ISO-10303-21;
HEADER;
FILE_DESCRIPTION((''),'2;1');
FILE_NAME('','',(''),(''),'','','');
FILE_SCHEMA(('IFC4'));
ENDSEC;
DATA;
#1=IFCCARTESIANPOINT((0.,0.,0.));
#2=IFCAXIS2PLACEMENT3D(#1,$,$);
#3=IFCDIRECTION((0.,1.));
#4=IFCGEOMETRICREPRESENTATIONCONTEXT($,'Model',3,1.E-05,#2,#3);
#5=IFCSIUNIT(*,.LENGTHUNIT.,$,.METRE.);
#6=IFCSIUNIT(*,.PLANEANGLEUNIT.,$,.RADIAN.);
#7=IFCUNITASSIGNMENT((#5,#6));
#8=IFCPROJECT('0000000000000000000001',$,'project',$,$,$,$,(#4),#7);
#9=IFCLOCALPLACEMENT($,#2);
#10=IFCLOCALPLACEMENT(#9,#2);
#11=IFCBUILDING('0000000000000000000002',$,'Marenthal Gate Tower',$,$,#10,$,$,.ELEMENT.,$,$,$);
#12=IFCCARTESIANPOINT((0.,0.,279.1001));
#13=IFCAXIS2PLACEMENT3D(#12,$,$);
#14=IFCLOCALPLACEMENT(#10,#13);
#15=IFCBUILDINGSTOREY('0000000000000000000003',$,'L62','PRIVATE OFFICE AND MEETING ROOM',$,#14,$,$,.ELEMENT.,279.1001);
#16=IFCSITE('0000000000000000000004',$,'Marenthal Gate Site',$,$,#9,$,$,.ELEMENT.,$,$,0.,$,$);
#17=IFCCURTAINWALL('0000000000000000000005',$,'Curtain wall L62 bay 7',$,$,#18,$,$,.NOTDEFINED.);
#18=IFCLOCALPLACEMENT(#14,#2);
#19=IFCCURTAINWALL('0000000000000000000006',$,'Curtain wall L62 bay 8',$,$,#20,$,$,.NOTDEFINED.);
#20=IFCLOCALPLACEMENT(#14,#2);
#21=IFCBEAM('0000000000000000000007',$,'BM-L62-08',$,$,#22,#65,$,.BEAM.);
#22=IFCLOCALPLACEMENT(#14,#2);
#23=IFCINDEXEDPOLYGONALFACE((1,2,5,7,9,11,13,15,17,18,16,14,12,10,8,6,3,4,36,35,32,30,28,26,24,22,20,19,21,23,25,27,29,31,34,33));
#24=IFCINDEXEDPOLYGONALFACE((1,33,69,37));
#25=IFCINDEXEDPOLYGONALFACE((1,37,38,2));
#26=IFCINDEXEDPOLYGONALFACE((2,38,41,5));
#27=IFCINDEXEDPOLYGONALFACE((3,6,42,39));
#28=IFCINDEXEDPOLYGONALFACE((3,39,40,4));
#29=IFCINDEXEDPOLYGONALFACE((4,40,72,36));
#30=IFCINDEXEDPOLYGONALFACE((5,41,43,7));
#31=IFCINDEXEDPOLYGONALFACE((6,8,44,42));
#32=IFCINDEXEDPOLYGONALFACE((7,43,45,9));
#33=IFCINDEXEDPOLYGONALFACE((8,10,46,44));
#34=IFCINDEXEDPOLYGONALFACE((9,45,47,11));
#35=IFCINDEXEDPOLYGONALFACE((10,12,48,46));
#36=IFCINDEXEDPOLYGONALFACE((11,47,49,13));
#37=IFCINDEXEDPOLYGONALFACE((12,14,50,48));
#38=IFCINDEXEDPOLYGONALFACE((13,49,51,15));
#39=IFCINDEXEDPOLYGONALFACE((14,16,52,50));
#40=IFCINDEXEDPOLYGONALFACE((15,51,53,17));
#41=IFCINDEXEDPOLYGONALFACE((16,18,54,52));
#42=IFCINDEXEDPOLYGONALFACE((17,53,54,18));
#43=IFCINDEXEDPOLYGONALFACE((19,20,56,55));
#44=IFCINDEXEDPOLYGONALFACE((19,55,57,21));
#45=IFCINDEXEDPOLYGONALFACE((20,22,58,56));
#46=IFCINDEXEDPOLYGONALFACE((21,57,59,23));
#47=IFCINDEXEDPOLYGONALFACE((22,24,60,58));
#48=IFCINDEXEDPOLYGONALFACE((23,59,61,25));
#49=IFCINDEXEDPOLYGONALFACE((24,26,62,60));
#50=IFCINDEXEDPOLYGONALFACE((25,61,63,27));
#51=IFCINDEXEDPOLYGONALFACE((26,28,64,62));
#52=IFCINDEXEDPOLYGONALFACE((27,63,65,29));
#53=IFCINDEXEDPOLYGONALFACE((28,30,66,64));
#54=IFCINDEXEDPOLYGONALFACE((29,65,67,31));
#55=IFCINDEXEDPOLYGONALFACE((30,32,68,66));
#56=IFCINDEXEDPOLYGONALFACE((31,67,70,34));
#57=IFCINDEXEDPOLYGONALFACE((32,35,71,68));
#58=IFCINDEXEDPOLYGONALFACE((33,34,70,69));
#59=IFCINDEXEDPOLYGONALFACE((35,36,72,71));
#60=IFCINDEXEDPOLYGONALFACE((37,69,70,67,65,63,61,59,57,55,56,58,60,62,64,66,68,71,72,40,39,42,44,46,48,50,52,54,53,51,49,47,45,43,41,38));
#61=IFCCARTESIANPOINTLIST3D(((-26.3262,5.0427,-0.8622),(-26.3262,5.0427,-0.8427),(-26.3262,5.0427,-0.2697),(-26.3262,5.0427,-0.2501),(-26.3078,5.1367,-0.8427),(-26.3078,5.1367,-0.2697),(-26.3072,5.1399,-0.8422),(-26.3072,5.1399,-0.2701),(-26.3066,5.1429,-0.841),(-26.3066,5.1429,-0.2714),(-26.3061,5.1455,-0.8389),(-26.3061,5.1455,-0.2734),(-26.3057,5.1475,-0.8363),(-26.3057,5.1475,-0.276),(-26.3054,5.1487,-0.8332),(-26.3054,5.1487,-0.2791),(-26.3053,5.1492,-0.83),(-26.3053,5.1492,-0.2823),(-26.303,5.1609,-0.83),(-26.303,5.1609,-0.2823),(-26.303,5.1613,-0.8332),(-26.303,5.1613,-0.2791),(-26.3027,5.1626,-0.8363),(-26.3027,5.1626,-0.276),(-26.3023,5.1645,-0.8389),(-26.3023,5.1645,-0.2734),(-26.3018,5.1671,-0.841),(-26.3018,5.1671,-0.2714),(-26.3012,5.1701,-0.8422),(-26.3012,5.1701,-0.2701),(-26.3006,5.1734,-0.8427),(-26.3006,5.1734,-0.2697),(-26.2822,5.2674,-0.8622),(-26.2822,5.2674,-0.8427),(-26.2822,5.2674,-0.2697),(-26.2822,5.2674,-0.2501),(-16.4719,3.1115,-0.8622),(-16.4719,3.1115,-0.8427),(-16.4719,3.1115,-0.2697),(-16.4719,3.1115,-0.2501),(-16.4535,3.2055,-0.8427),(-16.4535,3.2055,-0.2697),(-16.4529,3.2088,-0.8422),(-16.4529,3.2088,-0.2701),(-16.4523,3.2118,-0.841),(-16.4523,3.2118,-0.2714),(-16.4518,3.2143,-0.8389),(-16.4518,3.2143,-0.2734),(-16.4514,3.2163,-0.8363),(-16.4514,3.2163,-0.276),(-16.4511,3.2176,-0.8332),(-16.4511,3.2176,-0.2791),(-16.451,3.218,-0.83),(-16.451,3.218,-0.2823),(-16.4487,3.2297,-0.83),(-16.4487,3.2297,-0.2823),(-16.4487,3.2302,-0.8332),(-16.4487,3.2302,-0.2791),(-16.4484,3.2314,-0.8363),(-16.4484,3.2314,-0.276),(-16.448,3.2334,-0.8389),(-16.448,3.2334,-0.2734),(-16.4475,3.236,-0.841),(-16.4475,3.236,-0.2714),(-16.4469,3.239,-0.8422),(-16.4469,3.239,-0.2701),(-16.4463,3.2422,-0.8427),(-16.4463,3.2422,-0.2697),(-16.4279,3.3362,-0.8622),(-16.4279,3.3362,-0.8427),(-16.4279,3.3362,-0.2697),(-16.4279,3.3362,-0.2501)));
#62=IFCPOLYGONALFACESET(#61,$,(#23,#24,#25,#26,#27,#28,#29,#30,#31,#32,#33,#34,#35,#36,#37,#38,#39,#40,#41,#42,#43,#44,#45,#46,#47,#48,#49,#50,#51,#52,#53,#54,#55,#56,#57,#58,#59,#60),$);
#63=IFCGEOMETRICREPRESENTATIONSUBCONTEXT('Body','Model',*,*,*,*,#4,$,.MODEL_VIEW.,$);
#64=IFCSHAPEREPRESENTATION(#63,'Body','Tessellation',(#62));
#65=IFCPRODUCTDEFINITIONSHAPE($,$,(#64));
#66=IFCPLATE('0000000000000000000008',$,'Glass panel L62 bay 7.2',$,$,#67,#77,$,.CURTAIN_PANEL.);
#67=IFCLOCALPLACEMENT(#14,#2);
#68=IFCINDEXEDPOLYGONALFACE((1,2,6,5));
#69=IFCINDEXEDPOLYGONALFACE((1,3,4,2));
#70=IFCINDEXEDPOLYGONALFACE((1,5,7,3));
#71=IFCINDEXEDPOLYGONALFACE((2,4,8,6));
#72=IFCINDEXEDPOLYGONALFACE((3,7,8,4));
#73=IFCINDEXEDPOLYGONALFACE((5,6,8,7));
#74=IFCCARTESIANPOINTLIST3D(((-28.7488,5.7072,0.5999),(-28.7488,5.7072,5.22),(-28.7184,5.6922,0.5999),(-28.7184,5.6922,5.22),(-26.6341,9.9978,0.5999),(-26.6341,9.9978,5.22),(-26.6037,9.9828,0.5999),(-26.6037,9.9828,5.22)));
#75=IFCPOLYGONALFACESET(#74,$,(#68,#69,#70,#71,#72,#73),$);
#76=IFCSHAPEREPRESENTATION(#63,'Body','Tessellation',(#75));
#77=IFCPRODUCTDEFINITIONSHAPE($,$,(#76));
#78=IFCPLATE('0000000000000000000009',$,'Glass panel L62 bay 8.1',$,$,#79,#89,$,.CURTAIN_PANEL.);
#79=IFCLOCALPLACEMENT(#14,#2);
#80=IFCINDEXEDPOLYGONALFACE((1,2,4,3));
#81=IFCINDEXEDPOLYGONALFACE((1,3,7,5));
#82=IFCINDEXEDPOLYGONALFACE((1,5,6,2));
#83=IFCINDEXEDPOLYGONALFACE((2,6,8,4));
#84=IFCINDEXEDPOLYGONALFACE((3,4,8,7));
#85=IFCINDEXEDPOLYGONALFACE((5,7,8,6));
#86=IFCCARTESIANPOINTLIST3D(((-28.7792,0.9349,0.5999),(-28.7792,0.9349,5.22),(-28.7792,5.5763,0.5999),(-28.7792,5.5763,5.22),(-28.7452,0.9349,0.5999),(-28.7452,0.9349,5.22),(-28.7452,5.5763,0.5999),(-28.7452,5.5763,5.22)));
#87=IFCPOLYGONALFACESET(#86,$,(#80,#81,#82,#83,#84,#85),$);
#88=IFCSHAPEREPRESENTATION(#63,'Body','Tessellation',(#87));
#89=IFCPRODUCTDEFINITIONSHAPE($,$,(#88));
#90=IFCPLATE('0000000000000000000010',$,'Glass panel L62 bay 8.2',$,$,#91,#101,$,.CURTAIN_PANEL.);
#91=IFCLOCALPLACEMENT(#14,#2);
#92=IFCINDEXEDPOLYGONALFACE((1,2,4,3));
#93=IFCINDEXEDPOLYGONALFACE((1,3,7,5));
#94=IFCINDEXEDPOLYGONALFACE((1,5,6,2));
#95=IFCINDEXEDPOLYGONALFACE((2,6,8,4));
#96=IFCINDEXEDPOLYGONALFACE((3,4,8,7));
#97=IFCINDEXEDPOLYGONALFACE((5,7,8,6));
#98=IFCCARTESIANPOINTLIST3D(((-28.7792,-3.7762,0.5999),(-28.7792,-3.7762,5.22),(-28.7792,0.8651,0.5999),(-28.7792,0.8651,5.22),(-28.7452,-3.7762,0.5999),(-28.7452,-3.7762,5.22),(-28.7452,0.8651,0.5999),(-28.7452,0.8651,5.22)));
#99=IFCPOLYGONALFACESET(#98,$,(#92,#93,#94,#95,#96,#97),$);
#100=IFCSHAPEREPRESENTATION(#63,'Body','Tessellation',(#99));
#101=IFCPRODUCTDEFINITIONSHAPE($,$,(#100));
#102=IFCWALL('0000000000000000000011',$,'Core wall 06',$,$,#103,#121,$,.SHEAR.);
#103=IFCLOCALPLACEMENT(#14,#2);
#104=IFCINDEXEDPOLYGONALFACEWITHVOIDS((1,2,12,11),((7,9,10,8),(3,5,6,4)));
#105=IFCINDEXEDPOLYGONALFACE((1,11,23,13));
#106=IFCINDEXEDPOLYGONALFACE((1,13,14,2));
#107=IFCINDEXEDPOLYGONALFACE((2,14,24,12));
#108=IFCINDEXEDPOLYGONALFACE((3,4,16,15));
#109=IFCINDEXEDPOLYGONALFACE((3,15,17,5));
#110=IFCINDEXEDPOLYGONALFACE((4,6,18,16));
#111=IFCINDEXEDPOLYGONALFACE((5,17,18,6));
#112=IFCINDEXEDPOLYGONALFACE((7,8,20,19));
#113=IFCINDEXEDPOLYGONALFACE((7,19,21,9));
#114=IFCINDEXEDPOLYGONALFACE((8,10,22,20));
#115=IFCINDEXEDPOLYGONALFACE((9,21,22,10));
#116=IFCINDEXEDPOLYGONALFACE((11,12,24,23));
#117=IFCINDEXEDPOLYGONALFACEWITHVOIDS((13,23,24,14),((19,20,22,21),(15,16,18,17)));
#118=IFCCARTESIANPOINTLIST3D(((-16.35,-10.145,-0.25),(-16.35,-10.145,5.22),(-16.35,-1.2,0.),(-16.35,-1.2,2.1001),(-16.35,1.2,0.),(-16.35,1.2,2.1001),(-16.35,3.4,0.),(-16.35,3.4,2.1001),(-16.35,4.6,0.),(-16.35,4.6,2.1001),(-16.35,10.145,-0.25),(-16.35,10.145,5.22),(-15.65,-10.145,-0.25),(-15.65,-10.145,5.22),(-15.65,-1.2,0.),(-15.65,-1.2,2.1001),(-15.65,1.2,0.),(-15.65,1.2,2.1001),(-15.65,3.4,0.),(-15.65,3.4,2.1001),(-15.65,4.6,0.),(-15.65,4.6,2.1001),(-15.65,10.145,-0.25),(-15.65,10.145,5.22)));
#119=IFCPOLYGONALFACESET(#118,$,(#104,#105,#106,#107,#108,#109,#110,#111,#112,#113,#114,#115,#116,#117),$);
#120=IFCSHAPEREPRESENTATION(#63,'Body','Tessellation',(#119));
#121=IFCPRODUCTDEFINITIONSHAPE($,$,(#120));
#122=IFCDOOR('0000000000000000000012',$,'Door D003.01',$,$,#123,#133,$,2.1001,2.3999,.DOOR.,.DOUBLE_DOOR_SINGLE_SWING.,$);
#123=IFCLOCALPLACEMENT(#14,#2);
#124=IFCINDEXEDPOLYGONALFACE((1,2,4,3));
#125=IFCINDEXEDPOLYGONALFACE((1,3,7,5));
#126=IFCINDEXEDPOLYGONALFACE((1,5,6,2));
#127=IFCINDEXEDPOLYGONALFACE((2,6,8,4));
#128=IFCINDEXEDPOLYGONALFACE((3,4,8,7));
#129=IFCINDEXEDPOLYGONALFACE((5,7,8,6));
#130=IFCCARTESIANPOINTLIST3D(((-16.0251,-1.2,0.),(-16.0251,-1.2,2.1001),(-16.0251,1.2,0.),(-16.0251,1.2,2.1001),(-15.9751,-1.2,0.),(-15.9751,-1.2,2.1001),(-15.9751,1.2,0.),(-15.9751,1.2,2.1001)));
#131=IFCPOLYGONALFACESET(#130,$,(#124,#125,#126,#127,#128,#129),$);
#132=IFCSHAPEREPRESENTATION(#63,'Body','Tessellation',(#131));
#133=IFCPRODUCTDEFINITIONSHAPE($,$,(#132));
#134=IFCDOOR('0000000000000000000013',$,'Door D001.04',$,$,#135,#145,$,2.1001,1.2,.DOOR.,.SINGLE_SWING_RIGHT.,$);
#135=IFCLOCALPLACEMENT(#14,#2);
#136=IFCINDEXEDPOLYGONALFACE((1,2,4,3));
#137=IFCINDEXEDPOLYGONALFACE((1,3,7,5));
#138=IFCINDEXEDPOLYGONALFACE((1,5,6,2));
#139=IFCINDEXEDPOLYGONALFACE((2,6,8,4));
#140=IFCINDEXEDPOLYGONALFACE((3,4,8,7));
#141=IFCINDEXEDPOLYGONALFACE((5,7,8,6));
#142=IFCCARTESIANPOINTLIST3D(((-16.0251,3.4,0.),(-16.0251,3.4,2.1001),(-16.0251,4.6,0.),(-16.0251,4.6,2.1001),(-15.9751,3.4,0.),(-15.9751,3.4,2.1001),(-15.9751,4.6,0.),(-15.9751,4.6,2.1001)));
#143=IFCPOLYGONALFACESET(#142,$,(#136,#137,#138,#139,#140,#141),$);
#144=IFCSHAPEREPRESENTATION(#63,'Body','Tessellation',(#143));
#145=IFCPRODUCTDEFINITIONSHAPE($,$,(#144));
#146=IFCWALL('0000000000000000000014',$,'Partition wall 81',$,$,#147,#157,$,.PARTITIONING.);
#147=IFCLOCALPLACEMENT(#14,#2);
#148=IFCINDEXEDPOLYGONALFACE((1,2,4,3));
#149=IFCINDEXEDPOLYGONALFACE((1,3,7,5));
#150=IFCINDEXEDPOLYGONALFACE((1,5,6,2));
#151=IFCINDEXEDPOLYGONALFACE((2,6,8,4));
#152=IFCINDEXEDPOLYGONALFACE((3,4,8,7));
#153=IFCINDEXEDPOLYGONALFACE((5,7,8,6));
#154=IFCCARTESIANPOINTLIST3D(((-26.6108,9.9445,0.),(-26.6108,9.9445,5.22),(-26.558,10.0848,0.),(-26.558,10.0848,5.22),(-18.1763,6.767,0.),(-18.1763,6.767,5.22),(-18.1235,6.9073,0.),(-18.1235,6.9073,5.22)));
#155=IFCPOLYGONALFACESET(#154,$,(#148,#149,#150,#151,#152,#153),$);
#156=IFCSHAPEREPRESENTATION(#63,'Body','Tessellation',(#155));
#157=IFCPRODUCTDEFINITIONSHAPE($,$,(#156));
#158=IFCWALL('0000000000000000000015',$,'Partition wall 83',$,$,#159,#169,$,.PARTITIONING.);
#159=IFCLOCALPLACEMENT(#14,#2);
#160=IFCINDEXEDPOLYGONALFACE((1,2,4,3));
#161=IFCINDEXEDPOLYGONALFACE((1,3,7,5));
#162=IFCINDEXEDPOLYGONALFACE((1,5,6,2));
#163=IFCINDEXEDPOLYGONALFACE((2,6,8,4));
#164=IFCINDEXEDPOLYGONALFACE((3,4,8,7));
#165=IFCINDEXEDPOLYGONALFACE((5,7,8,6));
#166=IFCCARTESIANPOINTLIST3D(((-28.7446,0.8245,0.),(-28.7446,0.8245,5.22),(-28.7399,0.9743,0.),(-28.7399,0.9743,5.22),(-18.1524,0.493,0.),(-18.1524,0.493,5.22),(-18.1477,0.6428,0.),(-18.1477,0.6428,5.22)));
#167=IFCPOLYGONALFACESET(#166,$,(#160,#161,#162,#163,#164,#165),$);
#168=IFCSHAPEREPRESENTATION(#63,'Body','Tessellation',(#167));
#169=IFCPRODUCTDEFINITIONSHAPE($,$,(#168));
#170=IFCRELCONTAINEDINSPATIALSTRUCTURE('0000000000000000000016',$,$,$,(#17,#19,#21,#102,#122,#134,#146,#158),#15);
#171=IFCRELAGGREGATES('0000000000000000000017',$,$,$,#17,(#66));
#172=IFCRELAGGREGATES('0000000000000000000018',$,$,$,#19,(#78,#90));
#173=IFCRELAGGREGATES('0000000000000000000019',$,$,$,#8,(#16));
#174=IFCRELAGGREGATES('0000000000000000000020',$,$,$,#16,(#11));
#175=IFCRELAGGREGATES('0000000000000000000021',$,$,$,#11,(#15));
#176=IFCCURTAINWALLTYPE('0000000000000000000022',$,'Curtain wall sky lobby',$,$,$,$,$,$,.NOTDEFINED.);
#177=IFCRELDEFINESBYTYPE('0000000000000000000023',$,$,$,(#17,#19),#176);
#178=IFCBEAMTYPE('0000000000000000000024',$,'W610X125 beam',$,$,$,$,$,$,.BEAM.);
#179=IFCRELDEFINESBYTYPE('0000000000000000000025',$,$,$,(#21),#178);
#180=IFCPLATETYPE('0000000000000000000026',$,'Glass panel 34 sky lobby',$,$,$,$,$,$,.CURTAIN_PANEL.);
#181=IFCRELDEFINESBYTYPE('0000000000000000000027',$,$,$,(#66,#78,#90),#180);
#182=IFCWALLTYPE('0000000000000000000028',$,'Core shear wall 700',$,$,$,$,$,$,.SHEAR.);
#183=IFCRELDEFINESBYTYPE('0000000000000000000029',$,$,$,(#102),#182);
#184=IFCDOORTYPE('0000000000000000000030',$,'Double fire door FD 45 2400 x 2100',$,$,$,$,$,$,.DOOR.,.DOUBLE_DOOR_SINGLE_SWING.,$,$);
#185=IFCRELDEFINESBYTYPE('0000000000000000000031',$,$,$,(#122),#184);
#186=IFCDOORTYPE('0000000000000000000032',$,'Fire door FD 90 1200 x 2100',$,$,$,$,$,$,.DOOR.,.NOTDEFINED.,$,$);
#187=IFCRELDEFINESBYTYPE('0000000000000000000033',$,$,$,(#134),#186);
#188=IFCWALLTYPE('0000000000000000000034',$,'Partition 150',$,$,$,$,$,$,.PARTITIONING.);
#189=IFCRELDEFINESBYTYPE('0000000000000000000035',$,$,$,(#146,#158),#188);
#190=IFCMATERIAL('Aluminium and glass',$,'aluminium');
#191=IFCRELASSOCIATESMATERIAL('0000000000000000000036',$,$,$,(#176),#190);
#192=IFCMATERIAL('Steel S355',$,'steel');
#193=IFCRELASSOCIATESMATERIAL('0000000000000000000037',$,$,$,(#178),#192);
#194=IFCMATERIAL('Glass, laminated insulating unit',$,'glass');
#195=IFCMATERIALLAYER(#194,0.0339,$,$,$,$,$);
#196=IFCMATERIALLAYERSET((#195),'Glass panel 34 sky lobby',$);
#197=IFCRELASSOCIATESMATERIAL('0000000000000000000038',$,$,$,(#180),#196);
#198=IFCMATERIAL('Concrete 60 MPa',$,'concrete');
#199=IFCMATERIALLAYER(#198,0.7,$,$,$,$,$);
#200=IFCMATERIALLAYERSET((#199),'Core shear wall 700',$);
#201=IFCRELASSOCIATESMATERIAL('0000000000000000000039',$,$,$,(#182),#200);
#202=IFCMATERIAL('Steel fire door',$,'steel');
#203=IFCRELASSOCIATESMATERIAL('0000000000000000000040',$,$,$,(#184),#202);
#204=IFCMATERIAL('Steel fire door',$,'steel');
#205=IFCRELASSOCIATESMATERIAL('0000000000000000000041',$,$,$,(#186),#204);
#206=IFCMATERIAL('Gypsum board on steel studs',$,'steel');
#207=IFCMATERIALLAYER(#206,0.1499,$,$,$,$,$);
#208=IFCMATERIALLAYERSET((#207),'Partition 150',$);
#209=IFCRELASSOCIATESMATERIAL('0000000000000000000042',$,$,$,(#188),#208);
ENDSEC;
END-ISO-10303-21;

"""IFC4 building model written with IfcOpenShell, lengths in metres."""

from ifc_helpers import new_model, si_unit, direction, frame, frame_2d, origin, origin_2d, place, context, subcontext, project, spatial, rectangle, i_section, extrude, material, layer, layer_set, material_profile, profile_set, type_object, element, fill, aggregate, save


model = new_model("IFC4")

# Units and contexts
model_context = context("Model", 3, precision=1e-05, world=origin(), true_north=direction((0.0, 1.0)))
body_context = subcontext(model_context, "Body", "Model", "MODEL_VIEW")
ifc_project = project(units=[si_unit("LENGTHUNIT", "METRE"), si_unit("PLANEANGLEUNIT", "RADIAN")], contexts=[model_context])

# Site, building, storey
site_placement = place(None, origin())
site = spatial("IfcSite", under=ifc_project, at=site_placement, Name="Marenthal Gate Site", CompositionType="ELEMENT", RefElevation=0.0)
building_placement = place(site_placement, origin())
building = spatial("IfcBuilding", under=site, at=building_placement, Name="Marenthal Gate Tower", CompositionType="ELEMENT")
storey_placement = place(building_placement, frame((0.0, 0.0, 279.1001)))
storey = spatial("IfcBuildingStorey", under=building, at=storey_placement, Name="L62", Description="PRIVATE OFFICE AND MEETING ROOM", CompositionType="ELEMENT", Elevation=279.1001)

# Curtain walls
ifc_material_1 = material(Name="Aluminium and glass", Category="aluminium")
curtain_wall_type = type_object("IfcCurtainWallType", Name="Curtain wall sky lobby", PredefinedType="NOTDEFINED", material=ifc_material_1)
curtain_wall_1_placement = place(storey_placement, origin())
curtain_wall_1 = element("IfcCurtainWall", 1, at=curtain_wall_1_placement, inside=storey, type_object=curtain_wall_type, Name="Curtain wall L62 bay 7", PredefinedType="NOTDEFINED")
curtain_wall_2_placement = place(storey_placement, origin())
curtain_wall_2 = element("IfcCurtainWall", 2, at=curtain_wall_2_placement, inside=storey, type_object=curtain_wall_type, Name="Curtain wall L62 bay 8", PredefinedType="NOTDEFINED")

# Beam
ifc_material_2 = material(Name="Steel S355", Category="steel")
ifc_material_profile_1 = material_profile(ifc_material_2, i_section(OverallWidth=0.229, OverallDepth=0.6121, WebThickness=0.012, FlangeThickness=0.0195, FilletRadius=0.0127, at=origin_2d()), Name="W610X125")
ifc_profile_set_1 = profile_set([ifc_material_profile_1], Name="Steel S355")
beam_type_1 = type_object("IfcBeamType", Name="W610X125 beam", PredefinedType="BEAM", material=ifc_profile_set_1)
beam_1_placement = place(storey_placement, frame((-26.3042, 5.155, -0.5562), z_axis=(0.981334, -0.192313, 0.0), x_axis=(0.192313, 0.981334, 0.0)))
element("IfcBeam", 3, at=beam_1_placement, inside=storey, type_object=beam_type_1, Name="BM-L62-08", PredefinedType="BEAM", context=body_context, shape_type="SweptSolid", body=[
    extrude(i_section(OverallWidth=0.229, OverallDepth=0.6121, WebThickness=0.012, FlangeThickness=0.0195, FilletRadius=0.0127, at=origin_2d()), origin(), (0.0, 0.0, 1.0), 10.0417),
])

# Plates
ifc_material_3 = material(Name="Glass, laminated insulating unit", Category="glass")
ifc_layer_1 = layer(ifc_material_3, 0.0339)
ifc_layer_set_1 = layer_set([ifc_layer_1], Name="Glass panel 34 sky lobby")
plate_type = type_object("IfcPlateType", Name="Glass panel 34 sky lobby", PredefinedType="CURTAIN_PANEL", material=ifc_layer_set_1)
plate_1_placement = place(storey_placement, frame((-27.6763, 7.845, 0.5999), z_axis=(0.0, 0.0, 1.0), x_axis=(-0.442091, -0.89697, 0.0)))
plate_1 = element("IfcPlate", 4, at=plate_1_placement, type_object=plate_type, Name="Glass panel L62 bay 7.2", PredefinedType="CURTAIN_PANEL", context=body_context, shape_type="SweptSolid", body=[
    extrude(rectangle(XDim=4.7834, YDim=0.0339, at=origin_2d()), origin(), (0.0, 0.0, 1.0), 4.6201),
])
aggregate(curtain_wall_1, [plate_1])
plate_2_placement = place(storey_placement, frame((-28.7622, 3.2556, 0.5999), z_axis=(0.0, 0.0, 1.0), x_axis=(0.0, -1.0, 0.0)))
plate_2 = element("IfcPlate", 5, at=plate_2_placement, type_object=plate_type, Name="Glass panel L62 bay 8.1", PredefinedType="CURTAIN_PANEL", context=body_context, shape_type="SweptSolid", body=[
    extrude(rectangle(XDim=4.6414, YDim=0.0339, at=origin_2d()), origin(), (0.0, 0.0, 1.0), 4.6201),
])
plate_3_placement = place(storey_placement, frame((-28.7622, -1.4556, 0.5999), z_axis=(0.0, 0.0, 1.0), x_axis=(0.0, -1.0, 0.0)))
plate_3 = element("IfcPlate", 6, at=plate_3_placement, type_object=plate_type, Name="Glass panel L62 bay 8.2", PredefinedType="CURTAIN_PANEL", context=body_context, shape_type="SweptSolid", body=[
    extrude(rectangle(XDim=4.6414, YDim=0.0339, at=origin_2d()), origin(), (0.0, 0.0, 1.0), 4.6201),
])
aggregate(curtain_wall_2, [plate_2, plate_3])

# Wall, openings, doors
ifc_material_4 = material(Name="Concrete 60 MPa", Category="concrete")
ifc_layer_2 = layer(ifc_material_4, 0.7)
ifc_layer_set_2 = layer_set([ifc_layer_2], Name="Core shear wall 700")
wall_type_1 = type_object("IfcWallType", Name="Core shear wall 700", PredefinedType="SHEAR", material=ifc_layer_set_2)
wall_1_placement = place(storey_placement, frame((-16.0, 10.145, -0.25), z_axis=(0.0, 0.0, 1.0), x_axis=(0.0, -1.0, 0.0)))
wall_1 = element("IfcWall", 7, at=wall_1_placement, inside=storey, type_object=wall_type_1, Name="Core wall 06", PredefinedType="SHEAR", context=body_context, shape_type="SweptSolid", body=[
    extrude(rectangle(XDim=20.29, YDim=0.7, at=frame_2d((10.145, 0.0))), origin(), (0.0, 0.0, 1.0), 5.47),
])
opening_1_placement = place(wall_1_placement, frame((8.9451, 0.0, 0.25)))
opening_1 = element("IfcOpeningElement", 8, at=opening_1_placement, cuts=wall_1, PredefinedType="OPENING", context=body_context, shape_type="SweptSolid", body=[
    extrude(rectangle(XDim=2.3999, YDim=2.1001, at=frame_2d((1.2, 1.05))), frame((0.0, 0.3599, 0.0), z_axis=(0.0, -1.0, 0.0), x_axis=(1.0, 0.0, 0.0)), (0.0, 0.0, 1.0), 0.72),
])
opening_2_placement = place(wall_1_placement, frame((5.5449, 0.0, 0.25)))
opening_2 = element("IfcOpeningElement", 9, at=opening_2_placement, cuts=wall_1, PredefinedType="OPENING", context=body_context, shape_type="SweptSolid", body=[
    extrude(rectangle(XDim=1.2, YDim=2.1001, at=frame_2d((0.6001, 1.05))), frame((0.0, 0.3599, 0.0), z_axis=(0.0, -1.0, 0.0), x_axis=(1.0, 0.0, 0.0)), (0.0, 0.0, 1.0), 0.72),
])
ifc_material_5 = material(Name="Steel fire door", Category="steel")
door_type_1 = type_object("IfcDoorType", Name="Double fire door FD 45 2400 x 2100", OperationType="DOUBLE_DOOR_SINGLE_SWING", PredefinedType="DOOR", material=ifc_material_5)
door_1_placement = place(opening_1_placement, origin())
door_1 = element("IfcDoor", 10, at=door_1_placement, inside=storey, type_object=door_type_1, Name="Door D003.01", OperationType="DOUBLE_DOOR_SINGLE_SWING", OverallHeight=2.1001, OverallWidth=2.3999, PredefinedType="DOOR", context=body_context, shape_type="SweptSolid", body=[
    extrude(rectangle(XDim=2.3999, YDim=2.1001, at=frame_2d((1.2, 1.05))), frame((0.0, 0.0249, 0.0), z_axis=(0.0, -1.0, 0.0), x_axis=(1.0, 0.0, 0.0)), (0.0, 0.0, 1.0), 0.05),
])
fill(opening_1, door_1)
ifc_material_6 = material(Name="Steel fire door", Category="steel")
door_type_2 = type_object("IfcDoorType", Name="Fire door FD 90 1200 x 2100", OperationType="NOTDEFINED", PredefinedType="DOOR", material=ifc_material_6)
door_2_placement = place(opening_2_placement, origin())
door_2 = element("IfcDoor", 11, at=door_2_placement, inside=storey, type_object=door_type_2, Name="Door D001.04", OperationType="SINGLE_SWING_RIGHT", OverallHeight=2.1001, OverallWidth=1.2, PredefinedType="DOOR", context=body_context, shape_type="SweptSolid", body=[
    extrude(rectangle(XDim=1.2, YDim=2.1001, at=frame_2d((0.6001, 1.05))), frame((0.0, 0.0249, 0.0), z_axis=(0.0, -1.0, 0.0), x_axis=(1.0, 0.0, 0.0)), (0.0, 0.0, 1.0), 0.05),
])
fill(opening_2, door_2)

# Walls
ifc_material_7 = material(Name="Gypsum board on steel studs", Category="steel")
ifc_layer_3 = layer(ifc_material_7, 0.1499)
ifc_layer_set_3 = layer_set([ifc_layer_3], Name="Partition 150")
wall_type_2 = type_object("IfcWallType", Name="Partition 150", PredefinedType="PARTITIONING", material=ifc_layer_set_3)
wall_2_placement = place(storey_placement, frame((-18.1499, 6.8372, 0.0), z_axis=(0.0, 0.0, 1.0), x_axis=(-0.935798, 0.352536, 0.0)))
element("IfcWall", 12, at=wall_2_placement, inside=storey, type_object=wall_type_2, Name="Partition wall 81", PredefinedType="PARTITIONING", context=body_context, shape_type="SweptSolid", body=[
    extrude(rectangle(XDim=9.0132, YDim=0.1499, at=frame_2d((4.5066, 0.0))), origin(), (0.0, 0.0, 1.0), 5.22),
])
wall_3_placement = place(storey_placement, frame((-18.1499, 0.5679, 0.0), z_axis=(0.0, 0.0, 1.0), x_axis=(-0.999511, 0.031285, 0.0)))
element("IfcWall", 13, at=wall_3_placement, inside=storey, type_object=wall_type_2, Name="Partition wall 83", PredefinedType="PARTITIONING", context=body_context, shape_type="SweptSolid", body=[
    extrude(rectangle(XDim=10.5974, YDim=0.1499, at=frame_2d((5.2988, 0.0))), origin(), (0.0, 0.0, 1.0), 5.22),
])

save(model, "model.ifc")
